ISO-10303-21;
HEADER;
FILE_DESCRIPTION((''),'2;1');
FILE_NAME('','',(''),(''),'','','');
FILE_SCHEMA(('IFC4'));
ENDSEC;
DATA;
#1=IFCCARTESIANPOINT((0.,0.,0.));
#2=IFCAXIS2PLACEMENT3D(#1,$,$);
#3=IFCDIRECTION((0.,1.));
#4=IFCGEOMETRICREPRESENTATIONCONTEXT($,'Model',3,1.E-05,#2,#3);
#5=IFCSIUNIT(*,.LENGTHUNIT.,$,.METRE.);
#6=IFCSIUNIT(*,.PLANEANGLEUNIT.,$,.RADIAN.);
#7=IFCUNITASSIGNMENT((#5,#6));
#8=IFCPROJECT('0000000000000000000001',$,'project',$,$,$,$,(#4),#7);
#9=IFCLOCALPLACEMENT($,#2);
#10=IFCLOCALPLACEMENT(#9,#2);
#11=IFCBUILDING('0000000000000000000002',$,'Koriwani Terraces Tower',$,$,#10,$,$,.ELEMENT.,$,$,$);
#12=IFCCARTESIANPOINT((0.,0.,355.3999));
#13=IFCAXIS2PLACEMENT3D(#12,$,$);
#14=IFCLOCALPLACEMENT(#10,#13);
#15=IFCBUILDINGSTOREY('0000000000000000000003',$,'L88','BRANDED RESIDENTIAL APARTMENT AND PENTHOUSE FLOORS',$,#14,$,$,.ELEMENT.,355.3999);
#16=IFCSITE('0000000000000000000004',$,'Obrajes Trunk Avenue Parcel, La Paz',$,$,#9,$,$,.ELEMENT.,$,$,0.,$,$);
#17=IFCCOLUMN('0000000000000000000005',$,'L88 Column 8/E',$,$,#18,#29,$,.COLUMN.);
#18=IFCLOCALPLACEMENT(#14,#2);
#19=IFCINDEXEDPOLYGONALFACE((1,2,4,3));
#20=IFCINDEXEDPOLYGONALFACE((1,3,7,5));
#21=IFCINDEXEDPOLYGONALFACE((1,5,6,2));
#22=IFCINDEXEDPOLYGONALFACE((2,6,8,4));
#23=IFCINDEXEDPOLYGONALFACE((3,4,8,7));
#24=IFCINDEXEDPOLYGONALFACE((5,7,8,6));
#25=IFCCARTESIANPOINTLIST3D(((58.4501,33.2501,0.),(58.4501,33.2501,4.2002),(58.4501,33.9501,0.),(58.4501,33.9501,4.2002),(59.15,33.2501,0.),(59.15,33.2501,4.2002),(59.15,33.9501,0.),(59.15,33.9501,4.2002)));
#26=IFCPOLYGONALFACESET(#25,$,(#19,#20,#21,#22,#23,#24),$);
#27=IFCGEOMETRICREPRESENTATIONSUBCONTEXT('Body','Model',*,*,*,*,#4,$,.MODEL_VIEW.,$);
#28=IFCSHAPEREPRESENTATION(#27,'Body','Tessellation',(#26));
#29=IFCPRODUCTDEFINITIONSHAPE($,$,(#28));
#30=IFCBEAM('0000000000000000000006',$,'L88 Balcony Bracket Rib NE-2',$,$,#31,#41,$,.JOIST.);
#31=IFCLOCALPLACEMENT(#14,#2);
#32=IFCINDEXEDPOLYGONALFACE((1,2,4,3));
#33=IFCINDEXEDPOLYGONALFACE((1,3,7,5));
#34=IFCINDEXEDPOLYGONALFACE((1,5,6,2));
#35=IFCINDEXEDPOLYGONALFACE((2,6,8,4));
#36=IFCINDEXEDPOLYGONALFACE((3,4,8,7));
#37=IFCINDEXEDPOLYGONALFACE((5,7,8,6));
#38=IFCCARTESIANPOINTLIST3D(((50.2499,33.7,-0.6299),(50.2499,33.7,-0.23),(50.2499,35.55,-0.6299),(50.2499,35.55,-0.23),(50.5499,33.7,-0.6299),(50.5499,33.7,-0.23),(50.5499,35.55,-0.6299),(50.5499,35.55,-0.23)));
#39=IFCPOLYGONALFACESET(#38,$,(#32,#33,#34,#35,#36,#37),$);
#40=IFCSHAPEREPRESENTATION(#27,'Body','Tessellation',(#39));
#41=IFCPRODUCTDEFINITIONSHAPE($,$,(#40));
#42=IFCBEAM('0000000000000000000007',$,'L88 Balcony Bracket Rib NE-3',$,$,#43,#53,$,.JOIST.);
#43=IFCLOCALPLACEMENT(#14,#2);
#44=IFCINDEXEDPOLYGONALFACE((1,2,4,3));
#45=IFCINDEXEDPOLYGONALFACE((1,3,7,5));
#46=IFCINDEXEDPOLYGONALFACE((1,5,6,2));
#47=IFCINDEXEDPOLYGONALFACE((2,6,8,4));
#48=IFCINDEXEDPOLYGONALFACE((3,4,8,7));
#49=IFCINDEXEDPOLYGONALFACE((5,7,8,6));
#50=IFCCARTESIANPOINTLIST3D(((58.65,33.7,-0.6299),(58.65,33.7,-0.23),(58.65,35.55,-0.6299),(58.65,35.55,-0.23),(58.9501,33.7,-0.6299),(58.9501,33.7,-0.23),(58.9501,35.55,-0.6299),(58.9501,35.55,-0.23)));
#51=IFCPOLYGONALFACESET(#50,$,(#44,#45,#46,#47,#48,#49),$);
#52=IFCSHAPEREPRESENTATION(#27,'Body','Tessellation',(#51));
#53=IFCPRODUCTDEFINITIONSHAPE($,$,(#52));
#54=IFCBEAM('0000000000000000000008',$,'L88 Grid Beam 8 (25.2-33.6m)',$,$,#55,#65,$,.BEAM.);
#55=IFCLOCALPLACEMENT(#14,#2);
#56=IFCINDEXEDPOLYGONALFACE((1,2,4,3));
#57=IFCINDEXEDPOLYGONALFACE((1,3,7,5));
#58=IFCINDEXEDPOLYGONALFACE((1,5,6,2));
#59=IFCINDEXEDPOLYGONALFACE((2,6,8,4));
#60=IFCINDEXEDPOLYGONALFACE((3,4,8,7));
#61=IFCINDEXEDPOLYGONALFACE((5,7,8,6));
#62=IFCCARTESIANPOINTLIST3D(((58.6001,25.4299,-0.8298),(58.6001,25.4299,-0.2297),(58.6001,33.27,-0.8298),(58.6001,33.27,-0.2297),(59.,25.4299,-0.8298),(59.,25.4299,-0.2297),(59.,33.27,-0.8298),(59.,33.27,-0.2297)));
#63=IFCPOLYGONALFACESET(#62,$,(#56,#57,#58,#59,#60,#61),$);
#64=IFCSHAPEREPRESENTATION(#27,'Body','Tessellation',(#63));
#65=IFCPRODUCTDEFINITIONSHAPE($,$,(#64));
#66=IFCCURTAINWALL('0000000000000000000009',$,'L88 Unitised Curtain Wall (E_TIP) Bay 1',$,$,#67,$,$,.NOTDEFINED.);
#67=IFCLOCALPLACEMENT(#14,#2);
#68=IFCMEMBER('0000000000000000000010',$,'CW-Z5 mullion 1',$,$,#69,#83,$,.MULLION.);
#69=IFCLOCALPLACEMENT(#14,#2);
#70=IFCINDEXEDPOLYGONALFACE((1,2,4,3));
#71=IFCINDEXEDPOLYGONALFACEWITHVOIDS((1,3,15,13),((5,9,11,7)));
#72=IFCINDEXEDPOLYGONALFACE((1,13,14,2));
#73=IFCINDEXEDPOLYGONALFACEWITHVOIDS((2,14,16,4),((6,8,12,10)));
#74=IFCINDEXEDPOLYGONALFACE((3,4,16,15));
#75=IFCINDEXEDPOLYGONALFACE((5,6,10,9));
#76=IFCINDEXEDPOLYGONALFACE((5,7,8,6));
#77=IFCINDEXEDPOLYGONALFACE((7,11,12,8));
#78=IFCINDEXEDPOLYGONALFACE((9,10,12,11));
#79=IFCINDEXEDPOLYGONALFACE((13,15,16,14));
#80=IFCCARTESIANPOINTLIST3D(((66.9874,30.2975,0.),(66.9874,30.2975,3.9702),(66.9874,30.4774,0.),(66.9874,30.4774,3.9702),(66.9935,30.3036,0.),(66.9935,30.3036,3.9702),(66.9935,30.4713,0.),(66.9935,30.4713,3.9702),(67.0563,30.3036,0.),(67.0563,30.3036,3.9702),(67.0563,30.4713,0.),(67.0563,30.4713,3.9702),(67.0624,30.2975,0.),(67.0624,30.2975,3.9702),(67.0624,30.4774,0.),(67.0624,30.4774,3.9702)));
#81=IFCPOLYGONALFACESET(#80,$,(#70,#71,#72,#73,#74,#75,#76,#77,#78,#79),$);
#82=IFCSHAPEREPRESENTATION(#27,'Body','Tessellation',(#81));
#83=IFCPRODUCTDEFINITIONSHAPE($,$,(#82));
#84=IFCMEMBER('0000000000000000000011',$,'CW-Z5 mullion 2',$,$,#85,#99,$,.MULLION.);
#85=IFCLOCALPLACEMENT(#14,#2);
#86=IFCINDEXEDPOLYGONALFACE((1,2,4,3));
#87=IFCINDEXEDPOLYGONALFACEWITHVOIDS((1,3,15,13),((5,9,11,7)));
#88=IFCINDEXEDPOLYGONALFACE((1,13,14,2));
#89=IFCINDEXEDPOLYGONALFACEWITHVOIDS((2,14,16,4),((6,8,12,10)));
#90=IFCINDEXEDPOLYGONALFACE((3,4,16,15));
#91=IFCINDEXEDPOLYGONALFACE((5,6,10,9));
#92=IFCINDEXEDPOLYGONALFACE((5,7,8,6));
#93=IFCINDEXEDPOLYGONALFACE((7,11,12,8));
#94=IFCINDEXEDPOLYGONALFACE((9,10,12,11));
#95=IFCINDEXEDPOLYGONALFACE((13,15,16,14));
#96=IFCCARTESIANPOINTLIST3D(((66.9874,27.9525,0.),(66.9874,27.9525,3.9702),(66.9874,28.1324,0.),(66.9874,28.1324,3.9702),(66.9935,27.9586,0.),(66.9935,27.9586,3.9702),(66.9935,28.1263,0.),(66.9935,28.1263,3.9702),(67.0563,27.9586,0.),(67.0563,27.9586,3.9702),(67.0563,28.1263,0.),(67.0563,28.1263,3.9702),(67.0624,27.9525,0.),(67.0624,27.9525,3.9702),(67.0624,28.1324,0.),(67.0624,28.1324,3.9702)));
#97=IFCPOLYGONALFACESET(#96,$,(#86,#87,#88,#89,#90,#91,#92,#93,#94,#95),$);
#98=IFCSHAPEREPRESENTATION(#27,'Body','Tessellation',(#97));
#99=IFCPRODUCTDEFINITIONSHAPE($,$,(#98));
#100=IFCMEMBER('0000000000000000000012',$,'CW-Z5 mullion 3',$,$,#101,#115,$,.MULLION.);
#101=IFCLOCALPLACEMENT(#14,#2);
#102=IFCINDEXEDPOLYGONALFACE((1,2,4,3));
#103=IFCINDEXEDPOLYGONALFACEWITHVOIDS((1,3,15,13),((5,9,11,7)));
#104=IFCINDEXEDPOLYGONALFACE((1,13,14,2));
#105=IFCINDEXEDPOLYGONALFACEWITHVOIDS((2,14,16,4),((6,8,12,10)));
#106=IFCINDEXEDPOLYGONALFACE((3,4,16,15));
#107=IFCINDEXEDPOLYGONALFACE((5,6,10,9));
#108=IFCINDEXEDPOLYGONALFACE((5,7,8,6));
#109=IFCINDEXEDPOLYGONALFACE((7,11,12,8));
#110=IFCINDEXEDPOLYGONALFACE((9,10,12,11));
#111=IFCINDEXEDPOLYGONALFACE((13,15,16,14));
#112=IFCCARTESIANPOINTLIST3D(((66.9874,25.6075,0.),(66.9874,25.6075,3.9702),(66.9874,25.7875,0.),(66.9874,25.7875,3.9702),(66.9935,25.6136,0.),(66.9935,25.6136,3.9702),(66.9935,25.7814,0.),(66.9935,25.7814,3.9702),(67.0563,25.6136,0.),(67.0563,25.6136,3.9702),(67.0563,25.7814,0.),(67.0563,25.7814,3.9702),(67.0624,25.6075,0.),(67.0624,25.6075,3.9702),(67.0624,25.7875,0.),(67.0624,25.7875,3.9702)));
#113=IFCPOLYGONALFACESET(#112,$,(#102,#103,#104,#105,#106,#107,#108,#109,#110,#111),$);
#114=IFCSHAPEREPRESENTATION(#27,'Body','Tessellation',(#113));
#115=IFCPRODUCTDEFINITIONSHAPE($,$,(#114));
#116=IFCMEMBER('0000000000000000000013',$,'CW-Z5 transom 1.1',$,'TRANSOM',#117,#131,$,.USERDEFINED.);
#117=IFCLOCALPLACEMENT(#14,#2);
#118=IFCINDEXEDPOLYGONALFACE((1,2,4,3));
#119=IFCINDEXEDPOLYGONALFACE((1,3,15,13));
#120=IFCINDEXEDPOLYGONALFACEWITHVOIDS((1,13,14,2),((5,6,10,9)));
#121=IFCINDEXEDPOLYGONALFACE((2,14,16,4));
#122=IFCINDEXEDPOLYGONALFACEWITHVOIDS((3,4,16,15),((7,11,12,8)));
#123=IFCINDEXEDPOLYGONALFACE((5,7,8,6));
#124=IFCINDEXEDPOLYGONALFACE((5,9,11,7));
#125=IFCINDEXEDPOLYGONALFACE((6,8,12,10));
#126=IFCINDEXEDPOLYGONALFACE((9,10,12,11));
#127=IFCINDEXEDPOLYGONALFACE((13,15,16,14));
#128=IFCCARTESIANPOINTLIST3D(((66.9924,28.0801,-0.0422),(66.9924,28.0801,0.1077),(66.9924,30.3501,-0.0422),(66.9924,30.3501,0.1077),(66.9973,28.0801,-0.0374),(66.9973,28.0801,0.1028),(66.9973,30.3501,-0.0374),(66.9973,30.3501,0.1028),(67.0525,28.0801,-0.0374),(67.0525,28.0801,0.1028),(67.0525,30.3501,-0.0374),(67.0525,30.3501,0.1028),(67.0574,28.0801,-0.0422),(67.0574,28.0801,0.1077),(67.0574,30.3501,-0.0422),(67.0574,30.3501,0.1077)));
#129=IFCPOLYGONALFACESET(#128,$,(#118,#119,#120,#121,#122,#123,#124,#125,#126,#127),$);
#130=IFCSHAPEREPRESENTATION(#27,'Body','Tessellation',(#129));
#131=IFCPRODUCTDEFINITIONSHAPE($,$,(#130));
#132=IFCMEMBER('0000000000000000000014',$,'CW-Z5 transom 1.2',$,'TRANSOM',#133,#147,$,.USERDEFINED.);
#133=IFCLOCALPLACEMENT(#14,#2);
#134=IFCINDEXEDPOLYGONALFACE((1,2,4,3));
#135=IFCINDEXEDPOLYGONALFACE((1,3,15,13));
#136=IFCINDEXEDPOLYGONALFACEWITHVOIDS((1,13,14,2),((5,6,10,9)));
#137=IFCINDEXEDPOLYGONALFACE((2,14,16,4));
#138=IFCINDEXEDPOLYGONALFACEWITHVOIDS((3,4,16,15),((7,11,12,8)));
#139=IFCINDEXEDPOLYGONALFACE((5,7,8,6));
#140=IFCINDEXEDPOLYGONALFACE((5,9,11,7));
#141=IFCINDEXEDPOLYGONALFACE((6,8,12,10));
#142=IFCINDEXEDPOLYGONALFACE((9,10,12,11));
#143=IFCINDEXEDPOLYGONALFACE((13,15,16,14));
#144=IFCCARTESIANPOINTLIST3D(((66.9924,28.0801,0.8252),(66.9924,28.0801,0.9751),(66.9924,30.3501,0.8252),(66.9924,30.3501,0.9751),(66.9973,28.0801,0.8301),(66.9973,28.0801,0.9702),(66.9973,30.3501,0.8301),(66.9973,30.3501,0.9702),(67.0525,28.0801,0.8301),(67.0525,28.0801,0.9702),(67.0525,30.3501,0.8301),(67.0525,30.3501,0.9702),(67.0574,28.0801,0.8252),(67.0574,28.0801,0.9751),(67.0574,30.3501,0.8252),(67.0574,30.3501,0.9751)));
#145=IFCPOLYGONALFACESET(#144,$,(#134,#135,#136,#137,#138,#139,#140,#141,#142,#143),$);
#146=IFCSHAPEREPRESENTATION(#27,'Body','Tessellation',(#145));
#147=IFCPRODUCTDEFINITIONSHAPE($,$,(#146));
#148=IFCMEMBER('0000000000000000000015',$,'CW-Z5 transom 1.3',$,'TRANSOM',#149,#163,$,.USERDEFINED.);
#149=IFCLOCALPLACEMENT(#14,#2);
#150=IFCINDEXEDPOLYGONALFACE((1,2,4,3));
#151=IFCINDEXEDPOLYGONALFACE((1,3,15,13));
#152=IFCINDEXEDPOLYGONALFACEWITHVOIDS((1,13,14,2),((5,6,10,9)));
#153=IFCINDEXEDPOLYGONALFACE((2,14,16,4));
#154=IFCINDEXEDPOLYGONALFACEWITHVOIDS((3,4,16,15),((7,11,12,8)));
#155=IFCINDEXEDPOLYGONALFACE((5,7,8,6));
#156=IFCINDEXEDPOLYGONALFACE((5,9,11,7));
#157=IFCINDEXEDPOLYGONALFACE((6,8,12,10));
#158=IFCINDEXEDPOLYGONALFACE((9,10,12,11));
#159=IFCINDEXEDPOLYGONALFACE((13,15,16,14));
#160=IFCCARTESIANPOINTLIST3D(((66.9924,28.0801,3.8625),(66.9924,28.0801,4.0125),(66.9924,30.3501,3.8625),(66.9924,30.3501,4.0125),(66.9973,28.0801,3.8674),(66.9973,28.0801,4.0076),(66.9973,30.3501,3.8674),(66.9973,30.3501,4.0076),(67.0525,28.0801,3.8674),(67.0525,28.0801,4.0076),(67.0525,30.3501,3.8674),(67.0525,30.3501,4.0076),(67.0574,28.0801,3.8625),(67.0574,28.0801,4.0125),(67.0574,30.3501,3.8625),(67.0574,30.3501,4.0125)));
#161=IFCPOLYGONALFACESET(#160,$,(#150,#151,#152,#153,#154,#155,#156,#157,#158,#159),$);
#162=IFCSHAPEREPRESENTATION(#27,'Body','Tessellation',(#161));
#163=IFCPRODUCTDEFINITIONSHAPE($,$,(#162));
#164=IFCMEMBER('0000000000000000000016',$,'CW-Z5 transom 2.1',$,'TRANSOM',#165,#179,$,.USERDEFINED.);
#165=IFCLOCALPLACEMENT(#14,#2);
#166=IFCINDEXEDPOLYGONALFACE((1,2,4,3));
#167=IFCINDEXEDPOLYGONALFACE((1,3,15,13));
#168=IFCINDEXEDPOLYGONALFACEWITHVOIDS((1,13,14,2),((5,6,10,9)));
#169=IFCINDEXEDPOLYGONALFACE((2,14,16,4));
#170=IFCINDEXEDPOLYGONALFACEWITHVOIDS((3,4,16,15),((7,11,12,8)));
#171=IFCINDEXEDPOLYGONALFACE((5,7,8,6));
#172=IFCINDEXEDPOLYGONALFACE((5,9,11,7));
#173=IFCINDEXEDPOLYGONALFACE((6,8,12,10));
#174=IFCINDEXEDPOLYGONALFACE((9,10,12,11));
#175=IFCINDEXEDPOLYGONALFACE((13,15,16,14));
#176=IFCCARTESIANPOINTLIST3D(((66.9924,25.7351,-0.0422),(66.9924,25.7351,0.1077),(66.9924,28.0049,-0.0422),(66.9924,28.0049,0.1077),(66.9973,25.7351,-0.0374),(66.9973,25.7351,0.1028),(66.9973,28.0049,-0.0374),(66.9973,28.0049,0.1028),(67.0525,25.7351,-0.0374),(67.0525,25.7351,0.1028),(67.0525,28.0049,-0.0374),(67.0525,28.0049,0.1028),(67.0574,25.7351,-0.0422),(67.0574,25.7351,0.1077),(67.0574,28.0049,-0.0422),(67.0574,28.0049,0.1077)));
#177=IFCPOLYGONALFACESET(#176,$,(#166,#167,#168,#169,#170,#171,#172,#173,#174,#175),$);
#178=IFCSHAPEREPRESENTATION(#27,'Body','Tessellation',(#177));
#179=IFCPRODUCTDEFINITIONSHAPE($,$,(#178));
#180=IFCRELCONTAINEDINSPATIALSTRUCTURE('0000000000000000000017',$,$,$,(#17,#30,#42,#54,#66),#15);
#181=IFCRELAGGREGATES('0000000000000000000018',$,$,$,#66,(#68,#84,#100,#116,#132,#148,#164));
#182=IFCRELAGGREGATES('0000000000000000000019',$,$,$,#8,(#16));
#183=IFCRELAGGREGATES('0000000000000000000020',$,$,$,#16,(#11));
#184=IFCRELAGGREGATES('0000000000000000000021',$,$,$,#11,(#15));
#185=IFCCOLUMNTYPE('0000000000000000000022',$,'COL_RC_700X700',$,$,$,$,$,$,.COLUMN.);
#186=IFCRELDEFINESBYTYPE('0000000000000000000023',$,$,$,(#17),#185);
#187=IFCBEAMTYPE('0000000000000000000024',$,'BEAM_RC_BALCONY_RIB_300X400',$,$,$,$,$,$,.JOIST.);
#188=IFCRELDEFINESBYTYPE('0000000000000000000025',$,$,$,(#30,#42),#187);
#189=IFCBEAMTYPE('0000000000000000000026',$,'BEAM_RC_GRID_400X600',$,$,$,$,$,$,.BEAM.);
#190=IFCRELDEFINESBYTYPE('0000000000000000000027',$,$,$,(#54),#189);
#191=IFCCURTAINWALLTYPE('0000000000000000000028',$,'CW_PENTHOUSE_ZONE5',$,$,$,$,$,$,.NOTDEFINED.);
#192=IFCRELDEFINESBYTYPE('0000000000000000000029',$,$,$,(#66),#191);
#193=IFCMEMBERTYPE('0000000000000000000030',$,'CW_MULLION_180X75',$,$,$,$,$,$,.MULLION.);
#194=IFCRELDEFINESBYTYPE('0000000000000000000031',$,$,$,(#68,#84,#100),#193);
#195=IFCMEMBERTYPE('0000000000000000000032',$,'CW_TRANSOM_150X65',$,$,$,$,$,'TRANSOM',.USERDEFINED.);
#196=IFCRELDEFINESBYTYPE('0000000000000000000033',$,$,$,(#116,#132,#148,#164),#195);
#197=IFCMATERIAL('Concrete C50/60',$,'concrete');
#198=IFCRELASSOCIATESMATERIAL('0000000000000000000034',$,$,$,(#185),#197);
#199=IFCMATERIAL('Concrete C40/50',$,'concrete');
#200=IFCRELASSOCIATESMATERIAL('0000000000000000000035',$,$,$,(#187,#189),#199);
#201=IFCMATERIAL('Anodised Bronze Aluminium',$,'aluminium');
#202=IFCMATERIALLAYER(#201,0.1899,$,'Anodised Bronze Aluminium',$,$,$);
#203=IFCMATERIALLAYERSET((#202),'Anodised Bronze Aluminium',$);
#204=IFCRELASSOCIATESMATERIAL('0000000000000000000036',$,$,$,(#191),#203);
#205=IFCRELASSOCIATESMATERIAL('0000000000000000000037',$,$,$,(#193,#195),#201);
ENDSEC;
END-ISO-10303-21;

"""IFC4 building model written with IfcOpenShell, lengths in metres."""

from ifc_helpers import new_model, si_unit, direction, frame, origin, origin_2d, place, context, subcontext, project, spatial, rectangle, hollow_rectangle, extrude, material, layer, layer_set, material_profile, profile_set, type_object, element, aggregate, save


model = new_model("IFC4")

# Units and contexts
model_context = context("Model", 3, precision=1e-05, world=origin(), true_north=direction((0.0, 1.0)))
body_context = subcontext(model_context, "Body", "Model", "MODEL_VIEW")
ifc_project = project(units=[si_unit("LENGTHUNIT", "METRE"), si_unit("PLANEANGLEUNIT", "RADIAN")], contexts=[model_context])

# Site, building, storey
site_placement = place(None, origin())
site = spatial("IfcSite", under=ifc_project, at=site_placement, Name="Obrajes Trunk Avenue Parcel, La Paz", CompositionType="ELEMENT", RefElevation=0.0)
building_placement = place(site_placement, origin())
building = spatial("IfcBuilding", under=site, at=building_placement, Name="Koriwani Terraces Tower", CompositionType="ELEMENT")
storey_placement = place(building_placement, frame((0.0, 0.0, 355.3999)))
storey = spatial("IfcBuildingStorey", under=building, at=storey_placement, Name="L88", Description="BRANDED RESIDENTIAL APARTMENT AND PENTHOUSE FLOORS", CompositionType="ELEMENT", Elevation=355.3999)

# Column
ifc_material_1 = material(Name="Concrete C50/60", Category="concrete")
ifc_material_profile_1 = material_profile(ifc_material_1, rectangle(XDim=0.7, YDim=0.7, at=origin_2d()), Name="Concrete C50/60", Category="LoadBearing")
ifc_profile_set_1 = profile_set([ifc_material_profile_1], Name="Concrete C50/60")
column_type = type_object("IfcColumnType", Name="COL_RC_700X700", PredefinedType="COLUMN", material=ifc_profile_set_1)
column_placement = place(storey_placement, frame((58.8, 33.6001, 0.0), z_axis=(0.0, 0.0, 1.0), x_axis=(1.0, 0.0, 0.0)))
element("IfcColumn", 1, at=column_placement, inside=storey, type_object=column_type, Name="L88 Column 8/E", PredefinedType="COLUMN", context=body_context, shape_type="SweptSolid", body=[
    extrude(rectangle(XDim=0.7, YDim=0.7, at=origin_2d()), origin(), (0.0, 0.0, 1.0), 4.2002),
])

# Beams
ifc_material_2 = material(Name="Concrete C40/50", Category="concrete")
ifc_material_profile_2 = material_profile(ifc_material_2, rectangle(XDim=0.3, YDim=0.3999, at=origin_2d()), Name="Concrete C40/50", Category="LoadBearing")
ifc_profile_set_2 = profile_set([ifc_material_profile_2], Name="Concrete C40/50")
beam_type_1 = type_object("IfcBeamType", Name="BEAM_RC_BALCONY_RIB_300X400", PredefinedType="JOIST", material=ifc_profile_set_2)
for number, where, z_axis, x_axis, name in (
    (2, (50.3999, 33.7, -0.4299), (0.0, 1.0, 0.0), (-1.0, 0.0, 0.0), "L88 Balcony Bracket Rib NE-2"),
    (3, (58.8, 33.7, -0.4299), (0.0, 1.0, 0.0), (-1.0, 0.0, 0.0), "L88 Balcony Bracket Rib NE-3"),
):
    element("IfcBeam", number, at=place(storey_placement, frame(where, z_axis=z_axis, x_axis=x_axis)), inside=storey, type_object=beam_type_1, Name=name, PredefinedType="JOIST", context=body_context, shape_type="SweptSolid", body=[
        extrude(rectangle(XDim=0.3, YDim=0.3999, at=origin_2d()), origin(), (0.0, 0.0, 1.0), 1.8501),
    ])
ifc_material_profile_3 = material_profile(ifc_material_2, rectangle(XDim=0.3999, YDim=0.6001, at=origin_2d()), Name="Concrete C40/50", Category="LoadBearing")
ifc_profile_set_3 = profile_set([ifc_material_profile_3], Name="Concrete C40/50")
beam_type_2 = type_object("IfcBeamType", Name="BEAM_RC_GRID_400X600", PredefinedType="BEAM", material=ifc_profile_set_3)
beam_placement = place(storey_placement, frame((58.8, 25.4299, -0.5298), z_axis=(0.0, 1.0, 0.0), x_axis=(-1.0, 0.0, 0.0)))
element("IfcBeam", 4, at=beam_placement, inside=storey, type_object=beam_type_2, Name="L88 Grid Beam 8 (25.2-33.6m)", PredefinedType="BEAM", context=body_context, shape_type="SweptSolid", body=[
    extrude(rectangle(XDim=0.3999, YDim=0.6001, at=origin_2d()), origin(), (0.0, 0.0, 1.0), 7.8401),
])

# Curtain wall, members
ifc_material_3 = material(Name="Anodised Bronze Aluminium", Category="aluminium")
ifc_layer_1 = layer(ifc_material_3, 0.1899, Name="Anodised Bronze Aluminium")
ifc_layer_set_1 = layer_set([ifc_layer_1], Name="Anodised Bronze Aluminium")
curtain_wall_type = type_object("IfcCurtainWallType", Name="CW_PENTHOUSE_ZONE5", PredefinedType="NOTDEFINED", material=ifc_layer_set_1)
curtain_wall_placement = place(storey_placement, origin())
curtain_wall = element("IfcCurtainWall", 5, at=curtain_wall_placement, inside=storey, type_object=curtain_wall_type, Name="L88 Unitised Curtain Wall (E_TIP) Bay 1", PredefinedType="NOTDEFINED")
ifc_material_profile_4 = material_profile(ifc_material_3, hollow_rectangle(XDim=0.075, YDim=0.1799, WallThickness=0.0061, at=origin_2d()), Name="Anodised Bronze Aluminium", Category="LoadBearing")
ifc_profile_set_4 = profile_set([ifc_material_profile_4], Name="Anodised Bronze Aluminium")
member_type_1 = type_object("IfcMemberType", Name="CW_MULLION_180X75", PredefinedType="MULLION", material=ifc_profile_set_4)
member_1_placement = place(storey_placement, frame((67.0249, 30.3875, 0.0), z_axis=(0.0, 0.0, 1.0), x_axis=(1.0, 0.0, 0.0)))
member_1 = element("IfcMember", 6, at=member_1_placement, type_object=member_type_1, Name="CW-Z5 mullion 1", PredefinedType="MULLION", context=body_context, shape_type="SweptSolid", body=[
    extrude(hollow_rectangle(XDim=0.075, YDim=0.1799, WallThickness=0.0061, at=origin_2d()), origin(), (0.0, 0.0, 1.0), 3.9702),
])
member_2_placement = place(storey_placement, frame((67.0249, 28.0425, 0.0), z_axis=(0.0, 0.0, 1.0), x_axis=(1.0, 0.0, 0.0)))
member_2 = element("IfcMember", 7, at=member_2_placement, type_object=member_type_1, Name="CW-Z5 mullion 2", PredefinedType="MULLION", context=body_context, shape_type="SweptSolid", body=[
    extrude(hollow_rectangle(XDim=0.075, YDim=0.1799, WallThickness=0.0061, at=origin_2d()), origin(), (0.0, 0.0, 1.0), 3.9702),
])
member_3_placement = place(storey_placement, frame((67.0249, 25.6975, 0.0), z_axis=(0.0, 0.0, 1.0), x_axis=(1.0, 0.0, 0.0)))
member_3 = element("IfcMember", 8, at=member_3_placement, type_object=member_type_1, Name="CW-Z5 mullion 3", PredefinedType="MULLION", context=body_context, shape_type="SweptSolid", body=[
    extrude(hollow_rectangle(XDim=0.075, YDim=0.1799, WallThickness=0.0061, at=origin_2d()), origin(), (0.0, 0.0, 1.0), 3.9702),
])
ifc_material_profile_5 = material_profile(ifc_material_3, hollow_rectangle(XDim=0.0649, YDim=0.1499, WallThickness=0.0049, at=origin_2d()), Name="Anodised Bronze Aluminium", Category="LoadBearing")
ifc_profile_set_5 = profile_set([ifc_material_profile_5], Name="Anodised Bronze Aluminium")
member_type_2 = type_object("IfcMemberType", Name="CW_TRANSOM_150X65", ElementType="TRANSOM", PredefinedType="USERDEFINED", material=ifc_profile_set_5)
member_4_placement = place(storey_placement, frame((67.0249, 30.3501, 0.0327), z_axis=(0.0, -1.0, 0.0), x_axis=(1.0, 0.0, 0.0)))
member_4 = element("IfcMember", 9, at=member_4_placement, type_object=member_type_2, Name="CW-Z5 transom 1.1", ObjectType="TRANSOM", PredefinedType="USERDEFINED", context=body_context, shape_type="SweptSolid", body=[
    extrude(hollow_rectangle(XDim=0.0649, YDim=0.1499, WallThickness=0.0049, at=origin_2d()), origin(), (0.0, 0.0, 1.0), 2.27),
])
member_5_placement = place(storey_placement, frame((67.0249, 30.3501, 0.9001), z_axis=(0.0, -1.0, 0.0), x_axis=(1.0, 0.0, 0.0)))
member_5 = element("IfcMember", 10, at=member_5_placement, type_object=member_type_2, Name="CW-Z5 transom 1.2", ObjectType="TRANSOM", PredefinedType="USERDEFINED", context=body_context, shape_type="SweptSolid", body=[
    extrude(hollow_rectangle(XDim=0.0649, YDim=0.1499, WallThickness=0.0049, at=origin_2d()), origin(), (0.0, 0.0, 1.0), 2.27),
])
member_6_placement = place(storey_placement, frame((67.0249, 30.3501, 3.9375), z_axis=(0.0, -1.0, 0.0), x_axis=(1.0, 0.0, 0.0)))
member_6 = element("IfcMember", 11, at=member_6_placement, type_object=member_type_2, Name="CW-Z5 transom 1.3", ObjectType="TRANSOM", PredefinedType="USERDEFINED", context=body_context, shape_type="SweptSolid", body=[
    extrude(hollow_rectangle(XDim=0.0649, YDim=0.1499, WallThickness=0.0049, at=origin_2d()), origin(), (0.0, 0.0, 1.0), 2.27),
])
member_7_placement = place(storey_placement, frame((67.0249, 28.0049, 0.0327), z_axis=(0.0, -1.0, 0.0), x_axis=(1.0, 0.0, 0.0)))
member_7 = element("IfcMember", 12, at=member_7_placement, type_object=member_type_2, Name="CW-Z5 transom 2.1", ObjectType="TRANSOM", PredefinedType="USERDEFINED", context=body_context, shape_type="SweptSolid", body=[
    extrude(hollow_rectangle(XDim=0.0649, YDim=0.1499, WallThickness=0.0049, at=origin_2d()), origin(), (0.0, 0.0, 1.0), 2.2698),
])
aggregate(curtain_wall, [member_1, member_2, member_3, member_4, member_5, member_6, member_7])

save(model, "model.ifc")
